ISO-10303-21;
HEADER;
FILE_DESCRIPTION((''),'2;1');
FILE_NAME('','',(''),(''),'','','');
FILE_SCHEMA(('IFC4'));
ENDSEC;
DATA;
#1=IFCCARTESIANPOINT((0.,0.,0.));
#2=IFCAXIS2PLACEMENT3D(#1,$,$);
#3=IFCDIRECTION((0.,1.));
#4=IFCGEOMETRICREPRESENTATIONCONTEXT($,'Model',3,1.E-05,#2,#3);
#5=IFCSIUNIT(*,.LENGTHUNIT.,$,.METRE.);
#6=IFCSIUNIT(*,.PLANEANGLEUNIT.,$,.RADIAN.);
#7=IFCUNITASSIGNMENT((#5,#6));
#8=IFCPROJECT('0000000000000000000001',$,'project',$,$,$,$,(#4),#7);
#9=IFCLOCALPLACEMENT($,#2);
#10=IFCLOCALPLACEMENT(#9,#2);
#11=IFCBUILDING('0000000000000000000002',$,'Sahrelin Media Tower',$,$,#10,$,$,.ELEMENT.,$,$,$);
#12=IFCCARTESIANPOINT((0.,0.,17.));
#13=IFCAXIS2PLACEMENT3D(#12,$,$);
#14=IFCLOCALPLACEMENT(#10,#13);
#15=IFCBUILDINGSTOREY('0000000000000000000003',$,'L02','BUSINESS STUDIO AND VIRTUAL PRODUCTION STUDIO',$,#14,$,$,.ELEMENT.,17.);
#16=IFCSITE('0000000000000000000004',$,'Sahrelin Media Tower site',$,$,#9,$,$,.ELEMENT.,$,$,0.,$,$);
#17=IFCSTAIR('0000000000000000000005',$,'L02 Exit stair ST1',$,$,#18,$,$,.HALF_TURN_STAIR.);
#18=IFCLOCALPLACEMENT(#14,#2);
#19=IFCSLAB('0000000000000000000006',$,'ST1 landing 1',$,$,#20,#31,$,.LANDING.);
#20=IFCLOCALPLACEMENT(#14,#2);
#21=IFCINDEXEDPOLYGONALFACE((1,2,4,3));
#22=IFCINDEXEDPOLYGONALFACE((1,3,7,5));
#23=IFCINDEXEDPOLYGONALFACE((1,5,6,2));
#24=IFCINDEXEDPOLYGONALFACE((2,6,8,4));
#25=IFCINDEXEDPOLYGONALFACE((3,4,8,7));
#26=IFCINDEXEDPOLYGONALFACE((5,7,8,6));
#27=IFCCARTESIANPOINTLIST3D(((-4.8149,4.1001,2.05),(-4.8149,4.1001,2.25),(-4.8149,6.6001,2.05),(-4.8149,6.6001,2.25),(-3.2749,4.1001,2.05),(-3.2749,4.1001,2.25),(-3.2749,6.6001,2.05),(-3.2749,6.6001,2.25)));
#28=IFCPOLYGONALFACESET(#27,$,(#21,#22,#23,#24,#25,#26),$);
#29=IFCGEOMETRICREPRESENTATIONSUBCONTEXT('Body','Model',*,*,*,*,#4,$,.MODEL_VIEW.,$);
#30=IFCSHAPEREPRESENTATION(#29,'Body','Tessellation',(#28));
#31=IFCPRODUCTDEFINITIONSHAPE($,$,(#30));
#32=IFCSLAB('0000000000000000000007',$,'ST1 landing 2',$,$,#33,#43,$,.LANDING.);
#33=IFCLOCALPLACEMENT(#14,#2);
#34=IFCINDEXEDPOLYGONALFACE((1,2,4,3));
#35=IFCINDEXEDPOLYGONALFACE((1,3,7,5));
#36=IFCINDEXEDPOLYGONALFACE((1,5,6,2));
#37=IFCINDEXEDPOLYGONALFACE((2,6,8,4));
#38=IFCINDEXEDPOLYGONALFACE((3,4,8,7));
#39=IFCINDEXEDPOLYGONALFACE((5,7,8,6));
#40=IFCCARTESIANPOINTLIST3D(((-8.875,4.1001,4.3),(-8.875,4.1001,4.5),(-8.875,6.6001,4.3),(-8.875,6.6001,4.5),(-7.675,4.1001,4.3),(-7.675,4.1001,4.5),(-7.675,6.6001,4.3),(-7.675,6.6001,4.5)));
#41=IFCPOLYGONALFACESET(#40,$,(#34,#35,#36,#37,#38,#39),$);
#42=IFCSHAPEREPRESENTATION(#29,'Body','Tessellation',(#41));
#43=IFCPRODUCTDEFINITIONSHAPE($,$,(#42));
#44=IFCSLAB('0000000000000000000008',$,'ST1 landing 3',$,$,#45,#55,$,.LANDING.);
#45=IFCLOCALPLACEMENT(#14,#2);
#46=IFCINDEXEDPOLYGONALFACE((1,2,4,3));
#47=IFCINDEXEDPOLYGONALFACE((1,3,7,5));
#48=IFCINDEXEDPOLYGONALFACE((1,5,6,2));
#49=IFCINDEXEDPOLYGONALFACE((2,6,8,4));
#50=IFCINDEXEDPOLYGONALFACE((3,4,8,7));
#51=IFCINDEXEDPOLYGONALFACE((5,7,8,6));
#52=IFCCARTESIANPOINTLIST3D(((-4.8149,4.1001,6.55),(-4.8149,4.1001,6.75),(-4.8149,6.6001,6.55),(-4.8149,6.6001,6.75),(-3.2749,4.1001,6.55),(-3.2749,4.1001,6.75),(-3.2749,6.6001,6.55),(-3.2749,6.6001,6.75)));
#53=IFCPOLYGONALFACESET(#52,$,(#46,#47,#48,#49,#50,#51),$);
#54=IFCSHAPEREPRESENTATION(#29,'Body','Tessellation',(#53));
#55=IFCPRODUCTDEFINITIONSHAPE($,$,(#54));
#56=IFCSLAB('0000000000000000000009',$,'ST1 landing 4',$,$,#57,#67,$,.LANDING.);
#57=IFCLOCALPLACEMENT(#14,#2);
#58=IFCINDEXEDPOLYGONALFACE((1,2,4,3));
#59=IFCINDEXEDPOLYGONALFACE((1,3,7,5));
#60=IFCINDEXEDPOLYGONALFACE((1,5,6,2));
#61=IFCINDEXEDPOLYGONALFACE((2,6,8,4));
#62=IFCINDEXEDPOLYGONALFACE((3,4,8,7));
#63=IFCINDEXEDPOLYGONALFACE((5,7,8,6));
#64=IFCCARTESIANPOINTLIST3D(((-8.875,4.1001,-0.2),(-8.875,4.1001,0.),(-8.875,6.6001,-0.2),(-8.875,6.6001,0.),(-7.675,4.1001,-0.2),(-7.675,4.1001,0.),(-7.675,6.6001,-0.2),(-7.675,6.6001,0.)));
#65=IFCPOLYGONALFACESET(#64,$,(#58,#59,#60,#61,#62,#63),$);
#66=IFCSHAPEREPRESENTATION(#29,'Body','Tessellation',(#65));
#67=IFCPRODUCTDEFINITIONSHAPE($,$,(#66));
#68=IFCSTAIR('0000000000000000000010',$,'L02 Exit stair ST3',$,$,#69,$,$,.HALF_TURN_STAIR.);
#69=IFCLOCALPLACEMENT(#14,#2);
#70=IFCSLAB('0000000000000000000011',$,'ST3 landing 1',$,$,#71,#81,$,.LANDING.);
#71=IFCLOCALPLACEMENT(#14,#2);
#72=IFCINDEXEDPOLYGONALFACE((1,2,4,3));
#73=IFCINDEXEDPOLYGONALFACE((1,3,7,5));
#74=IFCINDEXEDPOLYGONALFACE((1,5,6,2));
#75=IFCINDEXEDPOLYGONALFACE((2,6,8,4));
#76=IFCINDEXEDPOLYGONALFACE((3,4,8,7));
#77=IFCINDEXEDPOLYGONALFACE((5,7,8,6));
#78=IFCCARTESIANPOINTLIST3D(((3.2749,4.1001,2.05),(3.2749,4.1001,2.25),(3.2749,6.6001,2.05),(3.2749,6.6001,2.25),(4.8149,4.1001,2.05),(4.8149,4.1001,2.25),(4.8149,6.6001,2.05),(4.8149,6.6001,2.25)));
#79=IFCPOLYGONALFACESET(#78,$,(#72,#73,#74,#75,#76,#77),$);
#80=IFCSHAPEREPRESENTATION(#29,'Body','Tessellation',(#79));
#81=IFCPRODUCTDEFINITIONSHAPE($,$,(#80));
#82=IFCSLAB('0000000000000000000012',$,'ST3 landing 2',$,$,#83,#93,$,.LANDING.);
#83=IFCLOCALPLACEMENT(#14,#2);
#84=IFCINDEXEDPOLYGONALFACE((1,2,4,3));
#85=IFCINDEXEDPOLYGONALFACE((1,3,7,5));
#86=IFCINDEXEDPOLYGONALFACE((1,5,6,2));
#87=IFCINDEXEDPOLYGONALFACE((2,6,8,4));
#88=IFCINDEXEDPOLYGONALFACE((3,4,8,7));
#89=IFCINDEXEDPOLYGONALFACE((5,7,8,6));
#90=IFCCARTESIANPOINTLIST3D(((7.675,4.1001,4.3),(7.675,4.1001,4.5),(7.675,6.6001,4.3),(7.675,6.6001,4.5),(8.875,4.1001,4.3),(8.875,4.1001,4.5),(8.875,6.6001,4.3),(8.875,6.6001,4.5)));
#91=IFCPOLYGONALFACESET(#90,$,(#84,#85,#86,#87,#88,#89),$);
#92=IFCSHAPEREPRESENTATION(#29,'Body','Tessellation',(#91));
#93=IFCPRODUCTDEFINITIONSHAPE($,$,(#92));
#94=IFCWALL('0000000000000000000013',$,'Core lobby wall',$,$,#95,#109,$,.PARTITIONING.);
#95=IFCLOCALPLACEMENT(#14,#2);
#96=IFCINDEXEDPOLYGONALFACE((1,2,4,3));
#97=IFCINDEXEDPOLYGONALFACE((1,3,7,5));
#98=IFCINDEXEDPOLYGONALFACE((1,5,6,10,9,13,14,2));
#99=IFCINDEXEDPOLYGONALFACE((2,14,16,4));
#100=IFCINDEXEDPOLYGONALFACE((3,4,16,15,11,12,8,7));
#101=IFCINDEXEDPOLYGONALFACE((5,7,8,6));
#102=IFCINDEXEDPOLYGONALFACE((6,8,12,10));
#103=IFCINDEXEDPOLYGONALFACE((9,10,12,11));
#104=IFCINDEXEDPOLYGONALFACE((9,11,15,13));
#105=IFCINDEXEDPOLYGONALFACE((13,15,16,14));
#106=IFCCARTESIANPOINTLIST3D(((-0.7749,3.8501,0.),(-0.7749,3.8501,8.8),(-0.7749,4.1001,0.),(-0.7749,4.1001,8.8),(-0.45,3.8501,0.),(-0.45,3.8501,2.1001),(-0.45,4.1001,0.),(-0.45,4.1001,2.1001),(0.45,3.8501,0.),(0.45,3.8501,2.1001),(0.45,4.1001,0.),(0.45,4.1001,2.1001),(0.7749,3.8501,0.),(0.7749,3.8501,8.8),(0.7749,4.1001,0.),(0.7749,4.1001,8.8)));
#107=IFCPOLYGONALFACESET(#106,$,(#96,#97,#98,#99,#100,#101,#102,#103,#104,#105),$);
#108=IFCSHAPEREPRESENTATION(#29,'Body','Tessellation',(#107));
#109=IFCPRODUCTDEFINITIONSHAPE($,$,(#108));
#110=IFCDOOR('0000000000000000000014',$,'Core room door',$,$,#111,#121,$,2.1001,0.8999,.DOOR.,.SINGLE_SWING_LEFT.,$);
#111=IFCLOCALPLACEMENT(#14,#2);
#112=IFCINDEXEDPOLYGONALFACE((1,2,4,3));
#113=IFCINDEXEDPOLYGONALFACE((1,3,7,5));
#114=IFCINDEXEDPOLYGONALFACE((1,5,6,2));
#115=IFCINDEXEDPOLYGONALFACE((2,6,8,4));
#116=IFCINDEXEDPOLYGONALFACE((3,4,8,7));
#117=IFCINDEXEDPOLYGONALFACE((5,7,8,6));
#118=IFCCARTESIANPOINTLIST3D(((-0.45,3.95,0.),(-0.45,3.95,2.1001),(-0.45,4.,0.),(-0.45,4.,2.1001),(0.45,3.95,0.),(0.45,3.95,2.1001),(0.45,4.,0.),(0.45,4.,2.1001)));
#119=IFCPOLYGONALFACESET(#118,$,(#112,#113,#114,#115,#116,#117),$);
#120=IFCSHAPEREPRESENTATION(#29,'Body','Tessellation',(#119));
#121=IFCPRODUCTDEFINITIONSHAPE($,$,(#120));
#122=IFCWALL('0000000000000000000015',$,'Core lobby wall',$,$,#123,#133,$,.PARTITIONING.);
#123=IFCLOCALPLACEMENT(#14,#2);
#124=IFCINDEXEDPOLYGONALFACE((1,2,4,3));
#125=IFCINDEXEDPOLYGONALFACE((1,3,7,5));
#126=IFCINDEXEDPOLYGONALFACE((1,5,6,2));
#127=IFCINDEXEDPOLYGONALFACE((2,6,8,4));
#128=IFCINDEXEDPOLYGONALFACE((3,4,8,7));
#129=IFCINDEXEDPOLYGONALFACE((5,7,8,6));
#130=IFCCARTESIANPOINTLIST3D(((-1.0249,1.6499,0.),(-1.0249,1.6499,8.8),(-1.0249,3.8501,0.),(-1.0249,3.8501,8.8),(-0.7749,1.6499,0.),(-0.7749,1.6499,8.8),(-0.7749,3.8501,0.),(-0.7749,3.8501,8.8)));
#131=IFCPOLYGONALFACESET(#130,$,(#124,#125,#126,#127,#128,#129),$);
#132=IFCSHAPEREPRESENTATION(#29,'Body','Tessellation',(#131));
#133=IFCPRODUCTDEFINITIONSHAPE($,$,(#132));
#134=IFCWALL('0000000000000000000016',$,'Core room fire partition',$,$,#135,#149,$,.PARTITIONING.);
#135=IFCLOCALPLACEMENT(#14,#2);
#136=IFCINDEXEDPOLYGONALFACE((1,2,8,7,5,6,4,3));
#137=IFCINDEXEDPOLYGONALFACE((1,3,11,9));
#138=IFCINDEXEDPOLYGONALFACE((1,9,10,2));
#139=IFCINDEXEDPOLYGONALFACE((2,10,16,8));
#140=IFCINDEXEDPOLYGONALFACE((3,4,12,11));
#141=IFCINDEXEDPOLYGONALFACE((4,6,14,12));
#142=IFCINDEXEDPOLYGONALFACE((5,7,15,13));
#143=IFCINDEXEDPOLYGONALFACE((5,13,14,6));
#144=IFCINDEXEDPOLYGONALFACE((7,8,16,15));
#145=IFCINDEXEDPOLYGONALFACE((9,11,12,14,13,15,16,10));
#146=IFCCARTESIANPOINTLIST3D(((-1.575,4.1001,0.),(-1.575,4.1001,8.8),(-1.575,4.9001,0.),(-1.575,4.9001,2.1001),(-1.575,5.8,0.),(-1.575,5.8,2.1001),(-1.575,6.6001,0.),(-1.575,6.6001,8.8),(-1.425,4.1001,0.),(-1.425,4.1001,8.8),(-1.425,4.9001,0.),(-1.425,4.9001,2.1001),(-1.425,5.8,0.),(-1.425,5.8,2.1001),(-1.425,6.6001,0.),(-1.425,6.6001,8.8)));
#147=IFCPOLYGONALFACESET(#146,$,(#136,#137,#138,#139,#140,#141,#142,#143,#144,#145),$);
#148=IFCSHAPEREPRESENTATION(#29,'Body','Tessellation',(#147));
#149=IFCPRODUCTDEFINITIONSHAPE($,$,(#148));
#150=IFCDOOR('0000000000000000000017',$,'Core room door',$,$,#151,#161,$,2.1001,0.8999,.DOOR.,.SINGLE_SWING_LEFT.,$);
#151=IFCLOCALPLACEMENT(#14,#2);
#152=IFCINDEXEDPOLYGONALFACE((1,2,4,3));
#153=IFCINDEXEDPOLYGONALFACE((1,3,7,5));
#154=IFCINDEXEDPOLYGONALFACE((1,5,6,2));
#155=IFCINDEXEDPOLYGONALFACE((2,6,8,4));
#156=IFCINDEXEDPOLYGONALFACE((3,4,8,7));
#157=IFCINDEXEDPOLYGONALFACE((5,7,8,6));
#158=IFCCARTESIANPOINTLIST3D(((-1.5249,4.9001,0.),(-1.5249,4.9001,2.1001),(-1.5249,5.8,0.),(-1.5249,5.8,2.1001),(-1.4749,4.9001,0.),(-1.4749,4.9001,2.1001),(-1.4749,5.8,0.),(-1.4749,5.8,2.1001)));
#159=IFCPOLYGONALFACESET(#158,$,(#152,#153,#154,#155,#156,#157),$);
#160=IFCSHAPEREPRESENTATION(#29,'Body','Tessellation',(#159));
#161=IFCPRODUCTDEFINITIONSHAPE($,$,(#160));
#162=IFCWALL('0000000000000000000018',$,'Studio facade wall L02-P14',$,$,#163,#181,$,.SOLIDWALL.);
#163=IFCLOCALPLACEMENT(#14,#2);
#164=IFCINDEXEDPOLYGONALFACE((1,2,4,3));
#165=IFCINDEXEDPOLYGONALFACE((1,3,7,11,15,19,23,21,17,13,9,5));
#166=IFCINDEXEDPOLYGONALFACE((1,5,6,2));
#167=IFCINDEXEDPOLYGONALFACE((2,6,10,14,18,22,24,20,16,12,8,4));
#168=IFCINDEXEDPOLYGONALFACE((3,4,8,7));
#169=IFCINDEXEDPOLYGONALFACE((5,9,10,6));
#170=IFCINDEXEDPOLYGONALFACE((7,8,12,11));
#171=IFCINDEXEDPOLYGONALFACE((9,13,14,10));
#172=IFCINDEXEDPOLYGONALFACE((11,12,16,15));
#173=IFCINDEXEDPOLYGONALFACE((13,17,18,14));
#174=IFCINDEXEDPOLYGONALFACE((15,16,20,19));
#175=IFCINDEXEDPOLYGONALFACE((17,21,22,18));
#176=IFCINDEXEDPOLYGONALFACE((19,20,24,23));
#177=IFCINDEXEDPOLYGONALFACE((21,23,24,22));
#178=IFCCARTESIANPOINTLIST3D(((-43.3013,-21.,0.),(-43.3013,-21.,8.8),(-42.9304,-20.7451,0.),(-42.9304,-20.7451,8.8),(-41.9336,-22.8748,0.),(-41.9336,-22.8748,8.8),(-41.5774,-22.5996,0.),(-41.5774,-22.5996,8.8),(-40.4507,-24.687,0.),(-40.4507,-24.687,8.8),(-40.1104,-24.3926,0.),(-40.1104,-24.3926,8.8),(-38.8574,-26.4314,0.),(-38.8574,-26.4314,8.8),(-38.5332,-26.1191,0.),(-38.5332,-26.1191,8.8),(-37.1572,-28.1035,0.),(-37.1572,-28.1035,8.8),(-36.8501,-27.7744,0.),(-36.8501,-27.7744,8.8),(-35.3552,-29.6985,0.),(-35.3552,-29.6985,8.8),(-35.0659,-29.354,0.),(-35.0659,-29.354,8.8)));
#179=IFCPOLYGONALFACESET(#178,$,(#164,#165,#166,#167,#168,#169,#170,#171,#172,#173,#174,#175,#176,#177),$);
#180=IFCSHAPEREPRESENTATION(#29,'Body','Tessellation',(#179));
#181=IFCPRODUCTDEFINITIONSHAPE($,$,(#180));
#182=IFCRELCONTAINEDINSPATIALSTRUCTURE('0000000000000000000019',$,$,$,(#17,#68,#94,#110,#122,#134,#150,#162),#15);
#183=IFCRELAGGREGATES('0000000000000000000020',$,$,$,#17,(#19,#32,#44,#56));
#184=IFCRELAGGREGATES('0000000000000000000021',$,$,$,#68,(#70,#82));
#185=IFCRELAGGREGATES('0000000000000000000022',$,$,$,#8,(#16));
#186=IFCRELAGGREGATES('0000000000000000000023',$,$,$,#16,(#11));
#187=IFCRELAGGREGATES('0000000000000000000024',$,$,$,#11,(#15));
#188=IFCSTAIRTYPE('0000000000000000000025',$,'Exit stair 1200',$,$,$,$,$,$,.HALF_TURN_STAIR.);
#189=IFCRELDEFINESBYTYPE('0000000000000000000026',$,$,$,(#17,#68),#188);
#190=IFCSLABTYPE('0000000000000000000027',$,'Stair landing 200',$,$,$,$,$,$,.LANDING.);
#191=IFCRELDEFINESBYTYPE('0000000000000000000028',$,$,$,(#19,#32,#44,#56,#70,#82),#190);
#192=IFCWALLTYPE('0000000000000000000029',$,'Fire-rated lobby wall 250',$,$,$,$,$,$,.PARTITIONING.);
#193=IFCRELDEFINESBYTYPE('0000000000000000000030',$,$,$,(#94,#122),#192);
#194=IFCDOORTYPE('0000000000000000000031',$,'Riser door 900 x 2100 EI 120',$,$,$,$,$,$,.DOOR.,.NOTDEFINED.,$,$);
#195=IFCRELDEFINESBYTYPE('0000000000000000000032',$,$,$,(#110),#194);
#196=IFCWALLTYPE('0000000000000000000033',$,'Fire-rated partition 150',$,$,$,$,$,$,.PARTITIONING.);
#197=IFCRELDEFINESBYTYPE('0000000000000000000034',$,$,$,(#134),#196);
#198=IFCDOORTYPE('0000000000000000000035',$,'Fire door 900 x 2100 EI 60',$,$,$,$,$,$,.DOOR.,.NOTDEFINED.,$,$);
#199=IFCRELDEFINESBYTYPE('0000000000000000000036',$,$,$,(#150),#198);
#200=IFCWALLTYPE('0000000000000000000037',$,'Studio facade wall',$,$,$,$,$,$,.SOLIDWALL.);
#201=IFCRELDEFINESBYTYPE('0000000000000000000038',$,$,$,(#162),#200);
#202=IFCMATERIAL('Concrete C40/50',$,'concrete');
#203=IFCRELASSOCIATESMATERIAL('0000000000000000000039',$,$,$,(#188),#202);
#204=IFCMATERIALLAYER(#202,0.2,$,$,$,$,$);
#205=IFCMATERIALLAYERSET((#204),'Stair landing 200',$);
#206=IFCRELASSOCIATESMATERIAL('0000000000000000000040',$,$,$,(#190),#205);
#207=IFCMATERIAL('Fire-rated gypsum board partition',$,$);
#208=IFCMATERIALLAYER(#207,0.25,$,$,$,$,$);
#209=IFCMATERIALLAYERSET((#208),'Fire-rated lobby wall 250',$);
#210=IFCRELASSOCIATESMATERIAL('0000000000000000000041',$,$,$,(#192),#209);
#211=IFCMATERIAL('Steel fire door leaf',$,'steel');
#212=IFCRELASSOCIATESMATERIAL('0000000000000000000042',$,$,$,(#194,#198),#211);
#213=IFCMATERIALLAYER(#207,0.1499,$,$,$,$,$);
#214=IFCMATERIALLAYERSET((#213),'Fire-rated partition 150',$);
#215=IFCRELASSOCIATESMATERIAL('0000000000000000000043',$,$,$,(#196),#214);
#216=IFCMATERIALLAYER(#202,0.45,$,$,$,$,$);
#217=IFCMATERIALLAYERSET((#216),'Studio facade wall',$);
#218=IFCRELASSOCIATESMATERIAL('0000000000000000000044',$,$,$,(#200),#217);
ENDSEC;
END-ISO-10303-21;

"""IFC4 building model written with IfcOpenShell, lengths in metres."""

from ifc_helpers import new_model, si_unit, direction, frame, frame_2d, origin, place, context, subcontext, project, spatial, polyline, rectangle, outline, extrude, material, layer, layer_set, type_object, element, fill, aggregate, save


model = new_model("IFC4")

# Units and contexts
model_context = context("Model", 3, precision=1e-05, world=origin(), true_north=direction((0.0, 1.0)))
body_context = subcontext(model_context, "Body", "Model", "MODEL_VIEW")
ifc_project = project(units=[si_unit("LENGTHUNIT", "METRE"), si_unit("PLANEANGLEUNIT", "RADIAN")], contexts=[model_context])

# Site, building, storey
site_placement = place(None, origin())
site = spatial("IfcSite", under=ifc_project, at=site_placement, Name="Sahrelin Media Tower site", CompositionType="ELEMENT", RefElevation=0.0)
building_placement = place(site_placement, origin())
building = spatial("IfcBuilding", under=site, at=building_placement, Name="Sahrelin Media Tower", CompositionType="ELEMENT")
storey_placement = place(building_placement, frame((0.0, 0.0, 17.0)))
storey = spatial("IfcBuildingStorey", under=building, at=storey_placement, Name="L02", Description="BUSINESS STUDIO AND VIRTUAL PRODUCTION STUDIO", CompositionType="ELEMENT", Elevation=17.0)

# Stairs, slabs
ifc_material_1 = material(Name="Concrete C40/50", Category="concrete")
stair_type = type_object("IfcStairType", Name="Exit stair 1200", PredefinedType="HALF_TURN_STAIR", material=ifc_material_1)
placement_1 = place(storey_placement, origin())
stair_1 = element("IfcStair", 1, at=placement_1, inside=storey, type_object=stair_type, Name="L02 Exit stair ST1", PredefinedType="HALF_TURN_STAIR")
ifc_layer_1 = layer(ifc_material_1, 0.2)
ifc_layer_set_1 = layer_set([ifc_layer_1], Name="Stair landing 200")
slab_type = type_object("IfcSlabType", Name="Stair landing 200", PredefinedType="LANDING", material=ifc_layer_set_1)
placement_2 = place(storey_placement, frame((0.0, 0.0, 2.05)))
slab_1 = element("IfcSlab", 2, at=placement_2, type_object=slab_type, Name="ST1 landing 1", PredefinedType="LANDING", context=body_context, shape_type="SweptSolid", body=[
    extrude(outline(polyline([(-4.8149, 4.1001), (-3.2749, 4.1001), (-3.2749, 6.6001), (-4.8149, 6.6001), (-4.8149, 4.1001)])), origin(), (0.0, 0.0, 1.0), 0.2),
])
placement_3 = place(storey_placement, frame((0.0, 0.0, 4.3)))
slab_2 = element("IfcSlab", 3, at=placement_3, type_object=slab_type, Name="ST1 landing 2", PredefinedType="LANDING", context=body_context, shape_type="SweptSolid", body=[
    extrude(outline(polyline([(-8.875, 4.1001), (-7.675, 4.1001), (-7.675, 6.6001), (-8.875, 6.6001), (-8.875, 4.1001)])), origin(), (0.0, 0.0, 1.0), 0.2),
])
slab_3_placement = place(storey_placement, frame((0.0, 0.0, 6.55)))
slab_3 = element("IfcSlab", 4, at=slab_3_placement, type_object=slab_type, Name="ST1 landing 3", PredefinedType="LANDING", context=body_context, shape_type="SweptSolid", body=[
    extrude(outline(polyline([(-4.8149, 4.1001), (-3.2749, 4.1001), (-3.2749, 6.6001), (-4.8149, 6.6001), (-4.8149, 4.1001)])), origin(), (0.0, 0.0, 1.0), 0.2),
])
slab_4_placement = place(storey_placement, frame((0.0, 0.0, -0.2)))
slab_4 = element("IfcSlab", 5, at=slab_4_placement, type_object=slab_type, Name="ST1 landing 4", PredefinedType="LANDING", context=body_context, shape_type="SweptSolid", body=[
    extrude(outline(polyline([(-8.875, 4.1001), (-7.675, 4.1001), (-7.675, 6.6001), (-8.875, 6.6001), (-8.875, 4.1001)])), origin(), (0.0, 0.0, 1.0), 0.2),
])
aggregate(stair_1, [slab_1, slab_2, slab_3, slab_4])
stair_2 = element("IfcStair", 6, at=placement_1, inside=storey, type_object=stair_type, Name="L02 Exit stair ST3", PredefinedType="HALF_TURN_STAIR")
slab_5 = element("IfcSlab", 7, at=placement_2, type_object=slab_type, Name="ST3 landing 1", PredefinedType="LANDING", context=body_context, shape_type="SweptSolid", body=[
    extrude(outline(polyline([(4.8149, 6.6001), (3.2749, 6.6001), (3.2749, 4.1001), (4.8149, 4.1001), (4.8149, 6.6001)])), origin(), (0.0, 0.0, 1.0), 0.2),
])
slab_6 = element("IfcSlab", 8, at=placement_3, type_object=slab_type, Name="ST3 landing 2", PredefinedType="LANDING", context=body_context, shape_type="SweptSolid", body=[
    extrude(outline(polyline([(8.875, 6.6001), (7.675, 6.6001), (7.675, 4.1001), (8.875, 4.1001), (8.875, 6.6001)])), origin(), (0.0, 0.0, 1.0), 0.2),
])
aggregate(stair_2, [slab_5, slab_6])

# Wall, opening, door
ifc_material_2 = material(Name="Fire-rated gypsum board partition")
ifc_layer_2 = layer(ifc_material_2, 0.25)
ifc_layer_set_2 = layer_set([ifc_layer_2], Name="Fire-rated lobby wall 250")
wall_type_1 = type_object("IfcWallType", Name="Fire-rated lobby wall 250", PredefinedType="PARTITIONING", material=ifc_layer_set_2)
wall_1_placement = place(storey_placement, frame((-0.7749, 3.9751, 0.0), z_axis=(0.0, 0.0, 1.0), x_axis=(1.0, 0.0, 0.0)))
wall_1 = element("IfcWall", 9, at=wall_1_placement, inside=storey, type_object=wall_type_1, Name="Core lobby wall", PredefinedType="PARTITIONING", context=body_context, shape_type="SweptSolid", body=[
    extrude(rectangle(XDim=1.5498, YDim=0.25, at=frame_2d((0.7749, 0.0))), origin(), (0.0, 0.0, 1.0), 8.8),
])
opening_1_placement = place(wall_1_placement, frame((0.325, 0.0, 0.0)))
opening_1 = element("IfcOpeningElement", 10, at=opening_1_placement, cuts=wall_1, PredefinedType="OPENING", context=body_context, shape_type="SweptSolid", body=[
    extrude(rectangle(XDim=0.8999, YDim=2.1001, at=frame_2d((0.45, 1.05))), frame((0.0, 0.125, 0.0), z_axis=(0.0, -1.0, 0.0), x_axis=(1.0, 0.0, 0.0)), (0.0, 0.0, 1.0), 0.25),
])
ifc_material_3 = material(Name="Steel fire door leaf", Category="steel")
door_type_1 = type_object("IfcDoorType", Name="Riser door 900 x 2100 EI 120", OperationType="NOTDEFINED", PredefinedType="DOOR", material=ifc_material_3)
door_1_placement = place(opening_1_placement, origin())
door_1 = element("IfcDoor", 11, at=door_1_placement, inside=storey, type_object=door_type_1, Name="Core room door", OperationType="SINGLE_SWING_LEFT", OverallHeight=2.1001, OverallWidth=0.8999, PredefinedType="DOOR", context=body_context, shape_type="SweptSolid", body=[
    extrude(rectangle(XDim=0.8999, YDim=2.1001, at=frame_2d((0.45, 1.05))), frame((0.0, 0.0249, 0.0), z_axis=(0.0, -1.0, 0.0), x_axis=(1.0, 0.0, 0.0)), (0.0, 0.0, 1.0), 0.05),
])
fill(opening_1, door_1)

# Wall
wall_2_placement = place(storey_placement, frame((-0.8999, 1.6499, 0.0), z_axis=(0.0, 0.0, 1.0), x_axis=(0.0, 1.0, 0.0)))
element("IfcWall", 12, at=wall_2_placement, inside=storey, type_object=wall_type_1, Name="Core lobby wall", PredefinedType="PARTITIONING", context=body_context, shape_type="SweptSolid", body=[
    extrude(rectangle(XDim=2.2002, YDim=0.25, at=frame_2d((1.1001, 0.0))), origin(), (0.0, 0.0, 1.0), 8.8),
])

# Wall, opening, door
ifc_layer_3 = layer(ifc_material_2, 0.1499)
ifc_layer_set_3 = layer_set([ifc_layer_3], Name="Fire-rated partition 150")
wall_type_2 = type_object("IfcWallType", Name="Fire-rated partition 150", PredefinedType="PARTITIONING", material=ifc_layer_set_3)
wall_3_placement = place(storey_placement, frame((-1.5, 4.1001, 0.0), z_axis=(0.0, 0.0, 1.0), x_axis=(0.0, 1.0, 0.0)))
wall_3 = element("IfcWall", 13, at=wall_3_placement, inside=storey, type_object=wall_type_2, Name="Core room fire partition", PredefinedType="PARTITIONING", context=body_context, shape_type="SweptSolid", body=[
    extrude(rectangle(XDim=2.5, YDim=0.1499, at=frame_2d((1.25, 0.0))), origin(), (0.0, 0.0, 1.0), 8.8),
])
opening_2_placement = place(wall_3_placement, frame((0.8, 0.0, 0.0)))
opening_2 = element("IfcOpeningElement", 14, at=opening_2_placement, cuts=wall_3, PredefinedType="OPENING", context=body_context, shape_type="SweptSolid", body=[
    extrude(rectangle(XDim=0.8999, YDim=2.1001, at=frame_2d((0.45, 1.05))), frame((0.0, 0.075, 0.0), z_axis=(0.0, -1.0, 0.0), x_axis=(1.0, 0.0, 0.0)), (0.0, 0.0, 1.0), 0.1499),
])
door_type_2 = type_object("IfcDoorType", Name="Fire door 900 x 2100 EI 60", OperationType="NOTDEFINED", PredefinedType="DOOR", material=ifc_material_3)
door_2_placement = place(opening_2_placement, origin())
door_2 = element("IfcDoor", 15, at=door_2_placement, inside=storey, type_object=door_type_2, Name="Core room door", OperationType="SINGLE_SWING_LEFT", OverallHeight=2.1001, OverallWidth=0.8999, PredefinedType="DOOR", context=body_context, shape_type="SweptSolid", body=[
    extrude(rectangle(XDim=0.8999, YDim=2.1001, at=frame_2d((0.45, 1.05))), frame((0.0, 0.0249, 0.0), z_axis=(0.0, -1.0, 0.0), x_axis=(1.0, 0.0, 0.0)), (0.0, 0.0, 1.0), 0.05),
])
fill(opening_2, door_2)

# Wall
ifc_layer_4 = layer(ifc_material_1, 0.45)
ifc_layer_set_4 = layer_set([ifc_layer_4], Name="Studio facade wall")
wall_type_3 = type_object("IfcWallType", Name="Studio facade wall", PredefinedType="SOLIDWALL", material=ifc_layer_set_4)
element("IfcWall", 16, at=placement_1, inside=storey, type_object=wall_type_3, Name="Studio facade wall L02-P14", PredefinedType="SOLIDWALL", context=body_context, shape_type="SweptSolid", body=[
    extrude(outline(polyline([(-43.3013, -21.0), (-41.9336, -22.8748), (-40.4507, -24.687), (-38.8574, -26.4314), (-37.1572, -28.1035), (-35.3552, -29.6985), (-35.0659, -29.354), (-36.8501, -27.7744), (-38.5332, -26.1191), (-40.1104, -24.3926), (-41.5774, -22.5996), (-42.9304, -20.7451), (-43.3013, -21.0)])), origin(), (0.0, 0.0, 1.0), 8.8),
])

save(model, "model.ifc")
